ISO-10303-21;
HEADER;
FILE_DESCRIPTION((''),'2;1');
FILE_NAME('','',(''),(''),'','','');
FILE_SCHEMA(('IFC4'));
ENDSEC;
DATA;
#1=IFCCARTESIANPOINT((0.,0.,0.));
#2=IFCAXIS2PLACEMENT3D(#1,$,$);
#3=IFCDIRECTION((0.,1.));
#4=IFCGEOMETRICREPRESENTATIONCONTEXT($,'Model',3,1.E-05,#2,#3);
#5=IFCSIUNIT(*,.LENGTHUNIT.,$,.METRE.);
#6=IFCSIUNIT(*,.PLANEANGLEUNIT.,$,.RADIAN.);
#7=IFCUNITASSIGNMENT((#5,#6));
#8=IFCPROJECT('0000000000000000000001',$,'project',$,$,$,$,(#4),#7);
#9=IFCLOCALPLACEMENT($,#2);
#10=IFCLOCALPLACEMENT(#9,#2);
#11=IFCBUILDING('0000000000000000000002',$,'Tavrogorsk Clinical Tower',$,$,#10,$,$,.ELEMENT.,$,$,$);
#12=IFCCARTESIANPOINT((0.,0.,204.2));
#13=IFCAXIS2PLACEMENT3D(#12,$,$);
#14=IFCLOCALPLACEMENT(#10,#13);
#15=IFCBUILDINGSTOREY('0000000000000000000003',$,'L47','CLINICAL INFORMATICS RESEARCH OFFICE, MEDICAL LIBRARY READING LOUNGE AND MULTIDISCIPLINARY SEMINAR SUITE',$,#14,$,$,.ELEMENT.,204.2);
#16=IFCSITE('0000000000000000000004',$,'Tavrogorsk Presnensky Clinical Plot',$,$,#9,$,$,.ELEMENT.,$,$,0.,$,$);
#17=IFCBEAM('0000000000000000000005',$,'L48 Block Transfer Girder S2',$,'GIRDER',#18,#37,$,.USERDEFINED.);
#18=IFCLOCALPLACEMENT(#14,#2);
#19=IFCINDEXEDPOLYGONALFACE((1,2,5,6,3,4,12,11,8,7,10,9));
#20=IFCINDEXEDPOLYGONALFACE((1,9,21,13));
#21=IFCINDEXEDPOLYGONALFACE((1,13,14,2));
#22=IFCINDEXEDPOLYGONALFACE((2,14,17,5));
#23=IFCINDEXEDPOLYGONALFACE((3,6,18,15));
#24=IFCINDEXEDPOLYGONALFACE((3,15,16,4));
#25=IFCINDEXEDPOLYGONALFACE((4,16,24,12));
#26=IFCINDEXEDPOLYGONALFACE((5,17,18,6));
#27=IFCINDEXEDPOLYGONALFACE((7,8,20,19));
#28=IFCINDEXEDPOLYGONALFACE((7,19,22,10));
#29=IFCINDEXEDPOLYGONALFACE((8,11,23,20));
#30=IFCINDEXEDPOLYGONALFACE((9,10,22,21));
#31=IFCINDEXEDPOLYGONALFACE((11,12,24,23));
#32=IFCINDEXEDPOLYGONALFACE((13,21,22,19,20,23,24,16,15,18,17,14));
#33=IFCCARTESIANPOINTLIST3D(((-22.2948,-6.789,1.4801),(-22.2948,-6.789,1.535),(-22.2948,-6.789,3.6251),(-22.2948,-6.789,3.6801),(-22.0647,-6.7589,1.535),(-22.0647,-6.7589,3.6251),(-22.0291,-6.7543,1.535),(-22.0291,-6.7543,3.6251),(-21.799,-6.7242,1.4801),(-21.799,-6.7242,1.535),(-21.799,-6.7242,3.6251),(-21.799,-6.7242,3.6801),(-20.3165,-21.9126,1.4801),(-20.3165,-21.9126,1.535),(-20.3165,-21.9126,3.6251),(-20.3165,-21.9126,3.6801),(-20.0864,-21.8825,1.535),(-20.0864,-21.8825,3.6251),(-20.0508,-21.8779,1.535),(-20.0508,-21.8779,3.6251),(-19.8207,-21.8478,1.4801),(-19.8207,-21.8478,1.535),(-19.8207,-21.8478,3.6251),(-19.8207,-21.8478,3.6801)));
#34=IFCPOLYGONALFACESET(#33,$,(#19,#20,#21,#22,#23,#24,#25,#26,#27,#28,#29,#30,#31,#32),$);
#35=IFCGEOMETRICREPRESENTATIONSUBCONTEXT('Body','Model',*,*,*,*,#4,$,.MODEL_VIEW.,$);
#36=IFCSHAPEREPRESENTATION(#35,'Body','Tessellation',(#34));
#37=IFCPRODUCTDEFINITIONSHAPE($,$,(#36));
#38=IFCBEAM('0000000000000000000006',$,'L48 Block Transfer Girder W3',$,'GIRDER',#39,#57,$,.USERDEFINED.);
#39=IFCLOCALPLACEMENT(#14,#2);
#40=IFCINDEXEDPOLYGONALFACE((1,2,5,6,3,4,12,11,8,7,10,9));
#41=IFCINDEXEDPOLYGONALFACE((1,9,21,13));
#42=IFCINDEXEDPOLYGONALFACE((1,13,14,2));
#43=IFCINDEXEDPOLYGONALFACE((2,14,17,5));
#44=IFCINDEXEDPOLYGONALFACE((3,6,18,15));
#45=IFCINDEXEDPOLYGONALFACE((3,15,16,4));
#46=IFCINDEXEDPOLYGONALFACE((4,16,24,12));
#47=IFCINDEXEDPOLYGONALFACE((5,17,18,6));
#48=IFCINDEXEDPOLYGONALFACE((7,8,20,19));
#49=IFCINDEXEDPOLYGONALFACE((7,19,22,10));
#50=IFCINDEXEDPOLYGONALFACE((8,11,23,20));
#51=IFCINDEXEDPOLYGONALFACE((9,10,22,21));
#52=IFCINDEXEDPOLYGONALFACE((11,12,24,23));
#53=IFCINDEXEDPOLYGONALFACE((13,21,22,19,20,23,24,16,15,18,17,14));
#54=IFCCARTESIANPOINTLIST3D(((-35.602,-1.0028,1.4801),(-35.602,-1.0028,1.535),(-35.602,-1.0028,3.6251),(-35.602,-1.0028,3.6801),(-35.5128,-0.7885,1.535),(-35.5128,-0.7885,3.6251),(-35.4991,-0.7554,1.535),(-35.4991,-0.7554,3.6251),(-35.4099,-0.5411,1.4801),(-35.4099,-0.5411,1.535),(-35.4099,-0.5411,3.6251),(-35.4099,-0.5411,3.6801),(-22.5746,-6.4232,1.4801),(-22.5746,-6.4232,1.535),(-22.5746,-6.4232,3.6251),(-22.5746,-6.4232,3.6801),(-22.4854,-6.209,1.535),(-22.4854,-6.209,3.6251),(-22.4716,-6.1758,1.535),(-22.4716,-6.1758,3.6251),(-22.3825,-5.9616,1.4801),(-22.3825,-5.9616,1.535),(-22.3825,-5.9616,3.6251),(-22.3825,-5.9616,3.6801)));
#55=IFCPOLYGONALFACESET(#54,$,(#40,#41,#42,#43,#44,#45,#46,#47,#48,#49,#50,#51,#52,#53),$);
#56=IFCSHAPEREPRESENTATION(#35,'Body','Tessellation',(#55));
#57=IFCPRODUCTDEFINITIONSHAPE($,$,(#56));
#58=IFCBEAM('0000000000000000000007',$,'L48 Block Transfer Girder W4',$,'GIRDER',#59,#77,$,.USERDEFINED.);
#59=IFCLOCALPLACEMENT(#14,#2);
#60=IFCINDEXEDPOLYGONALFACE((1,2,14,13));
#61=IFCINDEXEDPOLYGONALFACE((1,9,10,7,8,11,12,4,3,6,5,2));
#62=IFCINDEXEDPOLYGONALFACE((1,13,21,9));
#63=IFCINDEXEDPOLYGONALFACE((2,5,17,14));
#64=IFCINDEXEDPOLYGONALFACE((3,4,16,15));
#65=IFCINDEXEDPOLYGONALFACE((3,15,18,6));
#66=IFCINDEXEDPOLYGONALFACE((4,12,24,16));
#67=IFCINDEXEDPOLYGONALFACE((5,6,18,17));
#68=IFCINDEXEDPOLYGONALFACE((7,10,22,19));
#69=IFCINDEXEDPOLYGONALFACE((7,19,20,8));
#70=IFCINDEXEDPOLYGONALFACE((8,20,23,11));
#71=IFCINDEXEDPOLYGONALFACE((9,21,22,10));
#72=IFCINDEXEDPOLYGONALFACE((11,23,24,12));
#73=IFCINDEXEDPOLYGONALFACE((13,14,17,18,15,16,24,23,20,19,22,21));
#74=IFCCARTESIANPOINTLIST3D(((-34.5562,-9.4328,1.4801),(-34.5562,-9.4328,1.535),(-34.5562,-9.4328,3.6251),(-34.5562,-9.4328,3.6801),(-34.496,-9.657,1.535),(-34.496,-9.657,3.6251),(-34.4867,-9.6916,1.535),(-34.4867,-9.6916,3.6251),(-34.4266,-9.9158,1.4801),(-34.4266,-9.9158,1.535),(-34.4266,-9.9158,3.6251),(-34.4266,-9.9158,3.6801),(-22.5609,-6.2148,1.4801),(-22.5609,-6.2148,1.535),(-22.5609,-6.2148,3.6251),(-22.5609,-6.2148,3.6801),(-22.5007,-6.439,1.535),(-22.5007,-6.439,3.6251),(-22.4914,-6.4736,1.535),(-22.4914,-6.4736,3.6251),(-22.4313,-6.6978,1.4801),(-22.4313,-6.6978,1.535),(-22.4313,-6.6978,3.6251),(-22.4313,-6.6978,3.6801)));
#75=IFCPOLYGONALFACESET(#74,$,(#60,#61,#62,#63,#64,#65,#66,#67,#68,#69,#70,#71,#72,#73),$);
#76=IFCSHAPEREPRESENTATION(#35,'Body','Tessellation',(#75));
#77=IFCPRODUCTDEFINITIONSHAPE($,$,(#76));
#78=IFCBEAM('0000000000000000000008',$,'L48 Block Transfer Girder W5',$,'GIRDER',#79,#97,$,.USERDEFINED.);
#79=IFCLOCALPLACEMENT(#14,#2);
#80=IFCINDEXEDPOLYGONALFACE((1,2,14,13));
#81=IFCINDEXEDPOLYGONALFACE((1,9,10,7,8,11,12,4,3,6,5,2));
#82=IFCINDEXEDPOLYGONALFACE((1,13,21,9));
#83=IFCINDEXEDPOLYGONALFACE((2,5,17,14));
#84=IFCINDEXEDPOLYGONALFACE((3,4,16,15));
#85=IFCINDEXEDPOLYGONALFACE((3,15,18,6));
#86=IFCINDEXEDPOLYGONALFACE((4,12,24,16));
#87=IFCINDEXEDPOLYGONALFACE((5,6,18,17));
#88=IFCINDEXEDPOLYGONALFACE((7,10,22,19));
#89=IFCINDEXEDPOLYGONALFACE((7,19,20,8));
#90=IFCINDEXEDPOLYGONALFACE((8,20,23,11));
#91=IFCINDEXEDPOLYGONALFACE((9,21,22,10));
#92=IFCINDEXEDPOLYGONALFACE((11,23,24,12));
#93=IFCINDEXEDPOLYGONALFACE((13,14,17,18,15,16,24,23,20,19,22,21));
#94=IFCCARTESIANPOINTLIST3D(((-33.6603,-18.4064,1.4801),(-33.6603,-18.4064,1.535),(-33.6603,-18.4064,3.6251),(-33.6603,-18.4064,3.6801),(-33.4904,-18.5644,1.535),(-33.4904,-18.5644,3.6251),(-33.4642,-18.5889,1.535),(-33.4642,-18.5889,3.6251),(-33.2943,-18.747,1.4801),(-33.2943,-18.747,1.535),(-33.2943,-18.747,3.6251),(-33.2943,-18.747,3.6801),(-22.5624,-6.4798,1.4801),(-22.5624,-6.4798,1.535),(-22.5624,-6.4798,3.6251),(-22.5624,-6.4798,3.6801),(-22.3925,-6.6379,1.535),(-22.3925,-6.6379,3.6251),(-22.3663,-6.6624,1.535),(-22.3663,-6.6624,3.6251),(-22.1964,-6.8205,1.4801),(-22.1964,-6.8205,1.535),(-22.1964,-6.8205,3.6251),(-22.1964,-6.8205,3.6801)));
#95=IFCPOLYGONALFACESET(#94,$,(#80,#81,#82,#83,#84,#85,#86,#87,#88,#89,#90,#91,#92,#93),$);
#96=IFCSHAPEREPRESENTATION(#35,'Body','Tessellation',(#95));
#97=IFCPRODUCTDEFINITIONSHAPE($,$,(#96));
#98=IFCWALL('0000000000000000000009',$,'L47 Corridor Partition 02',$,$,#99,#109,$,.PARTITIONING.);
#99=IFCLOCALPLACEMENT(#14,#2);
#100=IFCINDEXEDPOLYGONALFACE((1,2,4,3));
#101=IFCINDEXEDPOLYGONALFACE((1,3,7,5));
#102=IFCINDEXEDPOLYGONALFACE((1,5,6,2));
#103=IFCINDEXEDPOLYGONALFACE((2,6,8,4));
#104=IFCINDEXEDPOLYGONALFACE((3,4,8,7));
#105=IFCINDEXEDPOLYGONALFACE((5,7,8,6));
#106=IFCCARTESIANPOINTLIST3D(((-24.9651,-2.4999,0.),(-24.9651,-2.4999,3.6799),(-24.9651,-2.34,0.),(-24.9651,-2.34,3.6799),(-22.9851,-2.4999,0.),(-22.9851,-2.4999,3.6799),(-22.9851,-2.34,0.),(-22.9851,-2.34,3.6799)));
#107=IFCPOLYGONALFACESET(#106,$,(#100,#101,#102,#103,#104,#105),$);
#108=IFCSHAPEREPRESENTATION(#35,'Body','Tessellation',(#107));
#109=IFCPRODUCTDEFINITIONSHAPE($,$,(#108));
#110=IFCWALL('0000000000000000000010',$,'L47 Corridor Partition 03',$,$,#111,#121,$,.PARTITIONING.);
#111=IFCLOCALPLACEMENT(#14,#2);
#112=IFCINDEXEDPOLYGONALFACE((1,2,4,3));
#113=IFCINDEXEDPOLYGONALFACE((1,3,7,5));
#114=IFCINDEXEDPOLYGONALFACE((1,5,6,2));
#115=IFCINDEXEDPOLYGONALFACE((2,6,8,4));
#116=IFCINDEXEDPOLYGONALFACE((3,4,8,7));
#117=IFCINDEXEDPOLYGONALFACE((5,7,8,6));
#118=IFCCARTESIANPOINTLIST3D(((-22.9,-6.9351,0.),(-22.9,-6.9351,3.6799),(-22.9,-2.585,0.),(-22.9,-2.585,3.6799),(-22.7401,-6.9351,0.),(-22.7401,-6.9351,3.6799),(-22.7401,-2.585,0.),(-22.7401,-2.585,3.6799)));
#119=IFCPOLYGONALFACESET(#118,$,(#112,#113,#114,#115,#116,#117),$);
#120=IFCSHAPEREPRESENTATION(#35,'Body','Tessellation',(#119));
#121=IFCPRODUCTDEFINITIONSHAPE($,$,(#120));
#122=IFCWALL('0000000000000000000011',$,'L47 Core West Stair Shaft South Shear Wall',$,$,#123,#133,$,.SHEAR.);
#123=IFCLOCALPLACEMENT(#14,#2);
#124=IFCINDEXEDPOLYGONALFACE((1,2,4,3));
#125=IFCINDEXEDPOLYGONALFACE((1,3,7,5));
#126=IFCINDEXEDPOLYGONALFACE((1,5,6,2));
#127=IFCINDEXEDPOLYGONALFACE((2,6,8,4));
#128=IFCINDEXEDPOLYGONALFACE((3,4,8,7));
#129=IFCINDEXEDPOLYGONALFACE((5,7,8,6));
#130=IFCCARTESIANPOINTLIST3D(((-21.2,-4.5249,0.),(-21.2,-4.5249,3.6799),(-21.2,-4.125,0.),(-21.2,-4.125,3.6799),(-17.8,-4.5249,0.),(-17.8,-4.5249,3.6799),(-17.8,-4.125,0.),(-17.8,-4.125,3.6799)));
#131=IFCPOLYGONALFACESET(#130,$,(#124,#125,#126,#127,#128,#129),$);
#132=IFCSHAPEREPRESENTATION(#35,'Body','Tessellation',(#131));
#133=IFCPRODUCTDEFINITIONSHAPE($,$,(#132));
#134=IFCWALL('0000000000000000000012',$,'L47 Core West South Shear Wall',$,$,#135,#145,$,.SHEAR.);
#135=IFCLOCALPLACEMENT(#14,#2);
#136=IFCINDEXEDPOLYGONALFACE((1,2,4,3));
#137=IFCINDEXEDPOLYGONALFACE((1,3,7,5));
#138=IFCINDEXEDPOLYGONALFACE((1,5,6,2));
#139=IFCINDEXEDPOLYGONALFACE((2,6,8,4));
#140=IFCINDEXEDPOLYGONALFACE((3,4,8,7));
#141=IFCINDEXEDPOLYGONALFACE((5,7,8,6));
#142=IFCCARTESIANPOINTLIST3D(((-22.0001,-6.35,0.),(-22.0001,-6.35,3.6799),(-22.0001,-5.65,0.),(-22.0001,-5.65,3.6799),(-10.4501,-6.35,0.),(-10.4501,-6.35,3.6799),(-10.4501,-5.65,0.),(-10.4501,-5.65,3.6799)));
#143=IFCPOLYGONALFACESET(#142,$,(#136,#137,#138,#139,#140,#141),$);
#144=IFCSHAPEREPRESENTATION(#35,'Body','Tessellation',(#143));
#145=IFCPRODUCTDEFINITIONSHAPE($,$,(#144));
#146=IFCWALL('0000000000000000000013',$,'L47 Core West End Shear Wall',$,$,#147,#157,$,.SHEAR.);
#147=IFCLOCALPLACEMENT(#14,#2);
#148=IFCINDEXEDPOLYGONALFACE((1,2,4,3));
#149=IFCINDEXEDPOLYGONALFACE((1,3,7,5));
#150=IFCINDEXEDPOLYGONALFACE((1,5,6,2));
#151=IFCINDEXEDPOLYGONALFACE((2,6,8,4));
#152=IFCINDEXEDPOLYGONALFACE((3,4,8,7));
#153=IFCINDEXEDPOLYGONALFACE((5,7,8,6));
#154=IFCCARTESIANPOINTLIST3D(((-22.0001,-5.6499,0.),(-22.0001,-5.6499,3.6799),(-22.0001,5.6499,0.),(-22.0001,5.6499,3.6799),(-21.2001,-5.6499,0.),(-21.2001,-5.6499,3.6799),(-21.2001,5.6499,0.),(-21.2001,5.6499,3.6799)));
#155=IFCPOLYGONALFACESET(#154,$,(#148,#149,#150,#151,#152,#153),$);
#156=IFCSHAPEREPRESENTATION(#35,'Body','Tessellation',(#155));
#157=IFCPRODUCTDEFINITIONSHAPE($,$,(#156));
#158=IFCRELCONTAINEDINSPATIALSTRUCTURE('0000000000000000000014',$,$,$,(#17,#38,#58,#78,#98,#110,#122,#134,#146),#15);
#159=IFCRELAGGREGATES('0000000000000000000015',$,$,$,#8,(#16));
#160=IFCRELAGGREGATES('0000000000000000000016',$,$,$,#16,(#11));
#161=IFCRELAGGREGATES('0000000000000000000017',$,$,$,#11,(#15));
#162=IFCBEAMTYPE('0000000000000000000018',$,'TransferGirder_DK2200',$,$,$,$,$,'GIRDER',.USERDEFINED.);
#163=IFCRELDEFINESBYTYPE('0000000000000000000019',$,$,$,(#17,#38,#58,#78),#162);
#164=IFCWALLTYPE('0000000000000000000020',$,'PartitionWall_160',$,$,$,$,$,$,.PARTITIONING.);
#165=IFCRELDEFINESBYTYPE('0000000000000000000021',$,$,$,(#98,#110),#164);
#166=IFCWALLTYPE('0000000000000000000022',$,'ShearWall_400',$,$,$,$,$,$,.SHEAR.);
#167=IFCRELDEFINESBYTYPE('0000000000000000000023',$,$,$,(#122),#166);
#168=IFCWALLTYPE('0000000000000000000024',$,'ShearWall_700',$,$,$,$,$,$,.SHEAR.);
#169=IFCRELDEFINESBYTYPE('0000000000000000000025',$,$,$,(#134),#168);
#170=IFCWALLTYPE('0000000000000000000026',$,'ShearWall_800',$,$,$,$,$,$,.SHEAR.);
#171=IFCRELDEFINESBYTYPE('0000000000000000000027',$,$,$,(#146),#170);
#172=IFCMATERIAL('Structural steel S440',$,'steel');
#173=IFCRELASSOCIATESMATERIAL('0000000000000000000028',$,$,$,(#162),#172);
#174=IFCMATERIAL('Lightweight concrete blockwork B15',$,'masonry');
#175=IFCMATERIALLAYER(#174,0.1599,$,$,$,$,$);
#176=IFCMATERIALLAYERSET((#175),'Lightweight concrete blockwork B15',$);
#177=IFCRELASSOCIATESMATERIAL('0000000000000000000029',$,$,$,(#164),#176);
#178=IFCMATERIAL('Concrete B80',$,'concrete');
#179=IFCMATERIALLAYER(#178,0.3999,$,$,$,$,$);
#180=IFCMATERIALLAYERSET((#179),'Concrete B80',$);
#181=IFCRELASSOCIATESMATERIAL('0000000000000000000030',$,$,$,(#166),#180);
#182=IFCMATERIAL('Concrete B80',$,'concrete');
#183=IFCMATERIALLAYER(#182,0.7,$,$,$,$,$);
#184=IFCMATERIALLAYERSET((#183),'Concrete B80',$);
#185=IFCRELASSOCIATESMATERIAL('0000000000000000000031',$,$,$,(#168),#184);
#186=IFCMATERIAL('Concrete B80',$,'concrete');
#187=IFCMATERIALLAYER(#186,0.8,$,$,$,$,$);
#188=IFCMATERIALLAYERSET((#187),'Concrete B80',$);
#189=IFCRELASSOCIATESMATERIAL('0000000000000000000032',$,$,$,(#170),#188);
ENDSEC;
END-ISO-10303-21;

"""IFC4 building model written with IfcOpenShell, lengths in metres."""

from ifc_helpers import new_model, si_unit, direction, frame, frame_2d, origin, origin_2d, place, context, subcontext, project, spatial, rectangle, i_section, extrude, material, layer, layer_set, material_profile, profile_set, type_object, element, save


model = new_model("IFC4")

# Units and contexts
model_context = context("Model", 3, precision=1e-05, world=origin(), true_north=direction((0.0, 1.0)))
body_context = subcontext(model_context, "Body", "Model", "MODEL_VIEW")
ifc_project = project(units=[si_unit("LENGTHUNIT", "METRE"), si_unit("PLANEANGLEUNIT", "RADIAN")], contexts=[model_context])

# Site, building, storey
site_placement = place(None, origin())
site = spatial("IfcSite", under=ifc_project, at=site_placement, Name="Tavrogorsk Presnensky Clinical Plot", CompositionType="ELEMENT", RefElevation=0.0)
building_placement = place(site_placement, origin())
building = spatial("IfcBuilding", under=site, at=building_placement, Name="Tavrogorsk Clinical Tower", CompositionType="ELEMENT")
storey_placement = place(building_placement, frame((0.0, 0.0, 204.2)))
storey = spatial("IfcBuildingStorey", under=building, at=storey_placement, Name="L47", Description="CLINICAL INFORMATICS RESEARCH OFFICE, MEDICAL LIBRARY READING LOUNGE AND MULTIDISCIPLINARY SEMINAR SUITE", CompositionType="ELEMENT", Elevation=204.2)

# Beams
ifc_material_1 = material(Name="Structural steel S440", Category="steel")
ifc_material_profile_1 = material_profile(ifc_material_1, i_section(OverallWidth=0.5, OverallDepth=2.2, WebThickness=0.0359, FlangeThickness=0.0549, at=origin_2d()), Name="DK-2200x500x36x55")
ifc_profile_set_1 = profile_set([ifc_material_profile_1], Name="Structural steel S440")
beam_type_1 = type_object("IfcBeamType", Name="TransferGirder_DK2200", ElementType="GIRDER", PredefinedType="USERDEFINED", material=ifc_profile_set_1)
beam_1_placement = place(storey_placement, frame((-22.0469, -6.7566, 2.5801), z_axis=(0.129703, -0.991553, 0.0), x_axis=(0.991553, 0.129703, 0.0)))
element("IfcBeam", 1, at=beam_1_placement, inside=storey, type_object=beam_type_1, Name="L48 Block Transfer Girder S2", ObjectType="GIRDER", PredefinedType="USERDEFINED", context=body_context, shape_type="SweptSolid", body=[
    extrude(i_section(OverallWidth=0.5, OverallDepth=2.2, WebThickness=0.0359, FlangeThickness=0.0549, at=origin_2d()), origin(), (0.0, 0.0, 1.0), 15.2524),
])
beam_2_placement = place(storey_placement, frame((-22.4785, -6.1924, 2.5801), z_axis=(-0.923269, 0.384153, 0.0), x_axis=(-0.384153, -0.923269, 0.0)))
element("IfcBeam", 2, at=beam_2_placement, inside=storey, type_object=beam_type_1, Name="L48 Block Transfer Girder W3", ObjectType="GIRDER", PredefinedType="USERDEFINED", context=body_context, shape_type="SweptSolid", body=[
    extrude(i_section(OverallWidth=0.5, OverallDepth=2.2, WebThickness=0.0359, FlangeThickness=0.0549, at=origin_2d()), origin(), (0.0, 0.0, 1.0), 14.1101),
])
beam_3_placement = place(storey_placement, frame((-22.4961, -6.4563, 2.5801), z_axis=(-0.965848, -0.25911, 0.0), x_axis=(0.25911, -0.965848, 0.0)))
element("IfcBeam", 3, at=beam_3_placement, inside=storey, type_object=beam_type_1, Name="L48 Block Transfer Girder W4", ObjectType="GIRDER", PredefinedType="USERDEFINED", context=body_context, shape_type="SweptSolid", body=[
    extrude(i_section(OverallWidth=0.5, OverallDepth=2.2, WebThickness=0.0359, FlangeThickness=0.0549, at=origin_2d()), origin(), (0.0, 0.0, 1.0), 12.4194),
])
beam_4_placement = place(storey_placement, frame((-22.3794, -6.6501, 2.5801), z_axis=(-0.681218, -0.732081, 0.0), x_axis=(0.732081, -0.681218, 0.0)))
element("IfcBeam", 4, at=beam_4_placement, inside=storey, type_object=beam_type_1, Name="L48 Block Transfer Girder W5", ObjectType="GIRDER", PredefinedType="USERDEFINED", context=body_context, shape_type="SweptSolid", body=[
    extrude(i_section(OverallWidth=0.5, OverallDepth=2.2, WebThickness=0.0359, FlangeThickness=0.0549, at=origin_2d()), origin(), (0.0, 0.0, 1.0), 16.2913),
])

# Walls
ifc_material_2 = material(Name="Lightweight concrete blockwork B15", Category="masonry")
ifc_layer_1 = layer(ifc_material_2, 0.1599)
ifc_layer_set_1 = layer_set([ifc_layer_1], Name="Lightweight concrete blockwork B15")
wall_type_1 = type_object("IfcWallType", Name="PartitionWall_160", PredefinedType="PARTITIONING", material=ifc_layer_set_1)
wall_1_placement = place(storey_placement, frame((-24.9651, -2.4199, 0.0), z_axis=(0.0, 0.0, 1.0), x_axis=(1.0, 0.0, 0.0)))
element("IfcWall", 5, at=wall_1_placement, inside=storey, type_object=wall_type_1, Name="L47 Corridor Partition 02", PredefinedType="PARTITIONING", context=body_context, shape_type="SweptSolid", body=[
    extrude(rectangle(XDim=1.98, YDim=0.1599, at=frame_2d((0.99, 0.0))), origin(), (0.0, 0.0, 1.0), 3.6799),
])
wall_2_placement = place(storey_placement, frame((-22.8201, -2.585, 0.0), z_axis=(0.0, 0.0, 1.0), x_axis=(0.0, -1.0, 0.0)))
element("IfcWall", 6, at=wall_2_placement, inside=storey, type_object=wall_type_1, Name="L47 Corridor Partition 03", PredefinedType="PARTITIONING", context=body_context, shape_type="SweptSolid", body=[
    extrude(rectangle(XDim=4.3501, YDim=0.1599, at=frame_2d((2.175, 0.0))), origin(), (0.0, 0.0, 1.0), 3.6799),
])
ifc_material_3 = material(Name="Concrete B80", Category="concrete")
ifc_layer_2 = layer(ifc_material_3, 0.3999)
ifc_layer_set_2 = layer_set([ifc_layer_2], Name="Concrete B80")
wall_type_2 = type_object("IfcWallType", Name="ShearWall_400", PredefinedType="SHEAR", material=ifc_layer_set_2)
wall_3_placement = place(storey_placement, frame((-21.2, -4.325, 0.0), z_axis=(0.0, 0.0, 1.0), x_axis=(1.0, 0.0, 0.0)))
element("IfcWall", 7, at=wall_3_placement, inside=storey, type_object=wall_type_2, Name="L47 Core West Stair Shaft South Shear Wall", PredefinedType="SHEAR", context=body_context, shape_type="SweptSolid", body=[
    extrude(rectangle(XDim=3.3999, YDim=0.3999, at=frame_2d((1.7, 0.0))), origin(), (0.0, 0.0, 1.0), 3.6799),
])
ifc_material_4 = material(Name="Concrete B80", Category="concrete")
ifc_layer_3 = layer(ifc_material_4, 0.7)
ifc_layer_set_3 = layer_set([ifc_layer_3], Name="Concrete B80")
wall_type_3 = type_object("IfcWallType", Name="ShearWall_700", PredefinedType="SHEAR", material=ifc_layer_set_3)
wall_4_placement = place(storey_placement, frame((-22.0, -6.0, 0.0), z_axis=(0.0, 0.0, 1.0), x_axis=(1.0, 0.0, 0.0)))
element("IfcWall", 8, at=wall_4_placement, inside=storey, type_object=wall_type_3, Name="L47 Core West South Shear Wall", PredefinedType="SHEAR", context=body_context, shape_type="SweptSolid", body=[
    extrude(rectangle(XDim=11.55, YDim=0.7, at=frame_2d((5.7749, 0.0))), origin(), (0.0, 0.0, 1.0), 3.6799),
])
ifc_material_5 = material(Name="Concrete B80", Category="concrete")
ifc_layer_4 = layer(ifc_material_5, 0.8)
ifc_layer_set_4 = layer_set([ifc_layer_4], Name="Concrete B80")
wall_type_4 = type_object("IfcWallType", Name="ShearWall_800", PredefinedType="SHEAR", material=ifc_layer_set_4)
wall_5_placement = place(storey_placement, frame((-21.6001, -5.6499, 0.0), z_axis=(0.0, 0.0, 1.0), x_axis=(0.0, 1.0, 0.0)))
element("IfcWall", 9, at=wall_5_placement, inside=storey, type_object=wall_type_4, Name="L47 Core West End Shear Wall", PredefinedType="SHEAR", context=body_context, shape_type="SweptSolid", body=[
    extrude(rectangle(XDim=11.2998, YDim=0.8, at=frame_2d((5.6499, 0.0))), origin(), (0.0, 0.0, 1.0), 3.6799),
])

save(model, "model.ifc")
